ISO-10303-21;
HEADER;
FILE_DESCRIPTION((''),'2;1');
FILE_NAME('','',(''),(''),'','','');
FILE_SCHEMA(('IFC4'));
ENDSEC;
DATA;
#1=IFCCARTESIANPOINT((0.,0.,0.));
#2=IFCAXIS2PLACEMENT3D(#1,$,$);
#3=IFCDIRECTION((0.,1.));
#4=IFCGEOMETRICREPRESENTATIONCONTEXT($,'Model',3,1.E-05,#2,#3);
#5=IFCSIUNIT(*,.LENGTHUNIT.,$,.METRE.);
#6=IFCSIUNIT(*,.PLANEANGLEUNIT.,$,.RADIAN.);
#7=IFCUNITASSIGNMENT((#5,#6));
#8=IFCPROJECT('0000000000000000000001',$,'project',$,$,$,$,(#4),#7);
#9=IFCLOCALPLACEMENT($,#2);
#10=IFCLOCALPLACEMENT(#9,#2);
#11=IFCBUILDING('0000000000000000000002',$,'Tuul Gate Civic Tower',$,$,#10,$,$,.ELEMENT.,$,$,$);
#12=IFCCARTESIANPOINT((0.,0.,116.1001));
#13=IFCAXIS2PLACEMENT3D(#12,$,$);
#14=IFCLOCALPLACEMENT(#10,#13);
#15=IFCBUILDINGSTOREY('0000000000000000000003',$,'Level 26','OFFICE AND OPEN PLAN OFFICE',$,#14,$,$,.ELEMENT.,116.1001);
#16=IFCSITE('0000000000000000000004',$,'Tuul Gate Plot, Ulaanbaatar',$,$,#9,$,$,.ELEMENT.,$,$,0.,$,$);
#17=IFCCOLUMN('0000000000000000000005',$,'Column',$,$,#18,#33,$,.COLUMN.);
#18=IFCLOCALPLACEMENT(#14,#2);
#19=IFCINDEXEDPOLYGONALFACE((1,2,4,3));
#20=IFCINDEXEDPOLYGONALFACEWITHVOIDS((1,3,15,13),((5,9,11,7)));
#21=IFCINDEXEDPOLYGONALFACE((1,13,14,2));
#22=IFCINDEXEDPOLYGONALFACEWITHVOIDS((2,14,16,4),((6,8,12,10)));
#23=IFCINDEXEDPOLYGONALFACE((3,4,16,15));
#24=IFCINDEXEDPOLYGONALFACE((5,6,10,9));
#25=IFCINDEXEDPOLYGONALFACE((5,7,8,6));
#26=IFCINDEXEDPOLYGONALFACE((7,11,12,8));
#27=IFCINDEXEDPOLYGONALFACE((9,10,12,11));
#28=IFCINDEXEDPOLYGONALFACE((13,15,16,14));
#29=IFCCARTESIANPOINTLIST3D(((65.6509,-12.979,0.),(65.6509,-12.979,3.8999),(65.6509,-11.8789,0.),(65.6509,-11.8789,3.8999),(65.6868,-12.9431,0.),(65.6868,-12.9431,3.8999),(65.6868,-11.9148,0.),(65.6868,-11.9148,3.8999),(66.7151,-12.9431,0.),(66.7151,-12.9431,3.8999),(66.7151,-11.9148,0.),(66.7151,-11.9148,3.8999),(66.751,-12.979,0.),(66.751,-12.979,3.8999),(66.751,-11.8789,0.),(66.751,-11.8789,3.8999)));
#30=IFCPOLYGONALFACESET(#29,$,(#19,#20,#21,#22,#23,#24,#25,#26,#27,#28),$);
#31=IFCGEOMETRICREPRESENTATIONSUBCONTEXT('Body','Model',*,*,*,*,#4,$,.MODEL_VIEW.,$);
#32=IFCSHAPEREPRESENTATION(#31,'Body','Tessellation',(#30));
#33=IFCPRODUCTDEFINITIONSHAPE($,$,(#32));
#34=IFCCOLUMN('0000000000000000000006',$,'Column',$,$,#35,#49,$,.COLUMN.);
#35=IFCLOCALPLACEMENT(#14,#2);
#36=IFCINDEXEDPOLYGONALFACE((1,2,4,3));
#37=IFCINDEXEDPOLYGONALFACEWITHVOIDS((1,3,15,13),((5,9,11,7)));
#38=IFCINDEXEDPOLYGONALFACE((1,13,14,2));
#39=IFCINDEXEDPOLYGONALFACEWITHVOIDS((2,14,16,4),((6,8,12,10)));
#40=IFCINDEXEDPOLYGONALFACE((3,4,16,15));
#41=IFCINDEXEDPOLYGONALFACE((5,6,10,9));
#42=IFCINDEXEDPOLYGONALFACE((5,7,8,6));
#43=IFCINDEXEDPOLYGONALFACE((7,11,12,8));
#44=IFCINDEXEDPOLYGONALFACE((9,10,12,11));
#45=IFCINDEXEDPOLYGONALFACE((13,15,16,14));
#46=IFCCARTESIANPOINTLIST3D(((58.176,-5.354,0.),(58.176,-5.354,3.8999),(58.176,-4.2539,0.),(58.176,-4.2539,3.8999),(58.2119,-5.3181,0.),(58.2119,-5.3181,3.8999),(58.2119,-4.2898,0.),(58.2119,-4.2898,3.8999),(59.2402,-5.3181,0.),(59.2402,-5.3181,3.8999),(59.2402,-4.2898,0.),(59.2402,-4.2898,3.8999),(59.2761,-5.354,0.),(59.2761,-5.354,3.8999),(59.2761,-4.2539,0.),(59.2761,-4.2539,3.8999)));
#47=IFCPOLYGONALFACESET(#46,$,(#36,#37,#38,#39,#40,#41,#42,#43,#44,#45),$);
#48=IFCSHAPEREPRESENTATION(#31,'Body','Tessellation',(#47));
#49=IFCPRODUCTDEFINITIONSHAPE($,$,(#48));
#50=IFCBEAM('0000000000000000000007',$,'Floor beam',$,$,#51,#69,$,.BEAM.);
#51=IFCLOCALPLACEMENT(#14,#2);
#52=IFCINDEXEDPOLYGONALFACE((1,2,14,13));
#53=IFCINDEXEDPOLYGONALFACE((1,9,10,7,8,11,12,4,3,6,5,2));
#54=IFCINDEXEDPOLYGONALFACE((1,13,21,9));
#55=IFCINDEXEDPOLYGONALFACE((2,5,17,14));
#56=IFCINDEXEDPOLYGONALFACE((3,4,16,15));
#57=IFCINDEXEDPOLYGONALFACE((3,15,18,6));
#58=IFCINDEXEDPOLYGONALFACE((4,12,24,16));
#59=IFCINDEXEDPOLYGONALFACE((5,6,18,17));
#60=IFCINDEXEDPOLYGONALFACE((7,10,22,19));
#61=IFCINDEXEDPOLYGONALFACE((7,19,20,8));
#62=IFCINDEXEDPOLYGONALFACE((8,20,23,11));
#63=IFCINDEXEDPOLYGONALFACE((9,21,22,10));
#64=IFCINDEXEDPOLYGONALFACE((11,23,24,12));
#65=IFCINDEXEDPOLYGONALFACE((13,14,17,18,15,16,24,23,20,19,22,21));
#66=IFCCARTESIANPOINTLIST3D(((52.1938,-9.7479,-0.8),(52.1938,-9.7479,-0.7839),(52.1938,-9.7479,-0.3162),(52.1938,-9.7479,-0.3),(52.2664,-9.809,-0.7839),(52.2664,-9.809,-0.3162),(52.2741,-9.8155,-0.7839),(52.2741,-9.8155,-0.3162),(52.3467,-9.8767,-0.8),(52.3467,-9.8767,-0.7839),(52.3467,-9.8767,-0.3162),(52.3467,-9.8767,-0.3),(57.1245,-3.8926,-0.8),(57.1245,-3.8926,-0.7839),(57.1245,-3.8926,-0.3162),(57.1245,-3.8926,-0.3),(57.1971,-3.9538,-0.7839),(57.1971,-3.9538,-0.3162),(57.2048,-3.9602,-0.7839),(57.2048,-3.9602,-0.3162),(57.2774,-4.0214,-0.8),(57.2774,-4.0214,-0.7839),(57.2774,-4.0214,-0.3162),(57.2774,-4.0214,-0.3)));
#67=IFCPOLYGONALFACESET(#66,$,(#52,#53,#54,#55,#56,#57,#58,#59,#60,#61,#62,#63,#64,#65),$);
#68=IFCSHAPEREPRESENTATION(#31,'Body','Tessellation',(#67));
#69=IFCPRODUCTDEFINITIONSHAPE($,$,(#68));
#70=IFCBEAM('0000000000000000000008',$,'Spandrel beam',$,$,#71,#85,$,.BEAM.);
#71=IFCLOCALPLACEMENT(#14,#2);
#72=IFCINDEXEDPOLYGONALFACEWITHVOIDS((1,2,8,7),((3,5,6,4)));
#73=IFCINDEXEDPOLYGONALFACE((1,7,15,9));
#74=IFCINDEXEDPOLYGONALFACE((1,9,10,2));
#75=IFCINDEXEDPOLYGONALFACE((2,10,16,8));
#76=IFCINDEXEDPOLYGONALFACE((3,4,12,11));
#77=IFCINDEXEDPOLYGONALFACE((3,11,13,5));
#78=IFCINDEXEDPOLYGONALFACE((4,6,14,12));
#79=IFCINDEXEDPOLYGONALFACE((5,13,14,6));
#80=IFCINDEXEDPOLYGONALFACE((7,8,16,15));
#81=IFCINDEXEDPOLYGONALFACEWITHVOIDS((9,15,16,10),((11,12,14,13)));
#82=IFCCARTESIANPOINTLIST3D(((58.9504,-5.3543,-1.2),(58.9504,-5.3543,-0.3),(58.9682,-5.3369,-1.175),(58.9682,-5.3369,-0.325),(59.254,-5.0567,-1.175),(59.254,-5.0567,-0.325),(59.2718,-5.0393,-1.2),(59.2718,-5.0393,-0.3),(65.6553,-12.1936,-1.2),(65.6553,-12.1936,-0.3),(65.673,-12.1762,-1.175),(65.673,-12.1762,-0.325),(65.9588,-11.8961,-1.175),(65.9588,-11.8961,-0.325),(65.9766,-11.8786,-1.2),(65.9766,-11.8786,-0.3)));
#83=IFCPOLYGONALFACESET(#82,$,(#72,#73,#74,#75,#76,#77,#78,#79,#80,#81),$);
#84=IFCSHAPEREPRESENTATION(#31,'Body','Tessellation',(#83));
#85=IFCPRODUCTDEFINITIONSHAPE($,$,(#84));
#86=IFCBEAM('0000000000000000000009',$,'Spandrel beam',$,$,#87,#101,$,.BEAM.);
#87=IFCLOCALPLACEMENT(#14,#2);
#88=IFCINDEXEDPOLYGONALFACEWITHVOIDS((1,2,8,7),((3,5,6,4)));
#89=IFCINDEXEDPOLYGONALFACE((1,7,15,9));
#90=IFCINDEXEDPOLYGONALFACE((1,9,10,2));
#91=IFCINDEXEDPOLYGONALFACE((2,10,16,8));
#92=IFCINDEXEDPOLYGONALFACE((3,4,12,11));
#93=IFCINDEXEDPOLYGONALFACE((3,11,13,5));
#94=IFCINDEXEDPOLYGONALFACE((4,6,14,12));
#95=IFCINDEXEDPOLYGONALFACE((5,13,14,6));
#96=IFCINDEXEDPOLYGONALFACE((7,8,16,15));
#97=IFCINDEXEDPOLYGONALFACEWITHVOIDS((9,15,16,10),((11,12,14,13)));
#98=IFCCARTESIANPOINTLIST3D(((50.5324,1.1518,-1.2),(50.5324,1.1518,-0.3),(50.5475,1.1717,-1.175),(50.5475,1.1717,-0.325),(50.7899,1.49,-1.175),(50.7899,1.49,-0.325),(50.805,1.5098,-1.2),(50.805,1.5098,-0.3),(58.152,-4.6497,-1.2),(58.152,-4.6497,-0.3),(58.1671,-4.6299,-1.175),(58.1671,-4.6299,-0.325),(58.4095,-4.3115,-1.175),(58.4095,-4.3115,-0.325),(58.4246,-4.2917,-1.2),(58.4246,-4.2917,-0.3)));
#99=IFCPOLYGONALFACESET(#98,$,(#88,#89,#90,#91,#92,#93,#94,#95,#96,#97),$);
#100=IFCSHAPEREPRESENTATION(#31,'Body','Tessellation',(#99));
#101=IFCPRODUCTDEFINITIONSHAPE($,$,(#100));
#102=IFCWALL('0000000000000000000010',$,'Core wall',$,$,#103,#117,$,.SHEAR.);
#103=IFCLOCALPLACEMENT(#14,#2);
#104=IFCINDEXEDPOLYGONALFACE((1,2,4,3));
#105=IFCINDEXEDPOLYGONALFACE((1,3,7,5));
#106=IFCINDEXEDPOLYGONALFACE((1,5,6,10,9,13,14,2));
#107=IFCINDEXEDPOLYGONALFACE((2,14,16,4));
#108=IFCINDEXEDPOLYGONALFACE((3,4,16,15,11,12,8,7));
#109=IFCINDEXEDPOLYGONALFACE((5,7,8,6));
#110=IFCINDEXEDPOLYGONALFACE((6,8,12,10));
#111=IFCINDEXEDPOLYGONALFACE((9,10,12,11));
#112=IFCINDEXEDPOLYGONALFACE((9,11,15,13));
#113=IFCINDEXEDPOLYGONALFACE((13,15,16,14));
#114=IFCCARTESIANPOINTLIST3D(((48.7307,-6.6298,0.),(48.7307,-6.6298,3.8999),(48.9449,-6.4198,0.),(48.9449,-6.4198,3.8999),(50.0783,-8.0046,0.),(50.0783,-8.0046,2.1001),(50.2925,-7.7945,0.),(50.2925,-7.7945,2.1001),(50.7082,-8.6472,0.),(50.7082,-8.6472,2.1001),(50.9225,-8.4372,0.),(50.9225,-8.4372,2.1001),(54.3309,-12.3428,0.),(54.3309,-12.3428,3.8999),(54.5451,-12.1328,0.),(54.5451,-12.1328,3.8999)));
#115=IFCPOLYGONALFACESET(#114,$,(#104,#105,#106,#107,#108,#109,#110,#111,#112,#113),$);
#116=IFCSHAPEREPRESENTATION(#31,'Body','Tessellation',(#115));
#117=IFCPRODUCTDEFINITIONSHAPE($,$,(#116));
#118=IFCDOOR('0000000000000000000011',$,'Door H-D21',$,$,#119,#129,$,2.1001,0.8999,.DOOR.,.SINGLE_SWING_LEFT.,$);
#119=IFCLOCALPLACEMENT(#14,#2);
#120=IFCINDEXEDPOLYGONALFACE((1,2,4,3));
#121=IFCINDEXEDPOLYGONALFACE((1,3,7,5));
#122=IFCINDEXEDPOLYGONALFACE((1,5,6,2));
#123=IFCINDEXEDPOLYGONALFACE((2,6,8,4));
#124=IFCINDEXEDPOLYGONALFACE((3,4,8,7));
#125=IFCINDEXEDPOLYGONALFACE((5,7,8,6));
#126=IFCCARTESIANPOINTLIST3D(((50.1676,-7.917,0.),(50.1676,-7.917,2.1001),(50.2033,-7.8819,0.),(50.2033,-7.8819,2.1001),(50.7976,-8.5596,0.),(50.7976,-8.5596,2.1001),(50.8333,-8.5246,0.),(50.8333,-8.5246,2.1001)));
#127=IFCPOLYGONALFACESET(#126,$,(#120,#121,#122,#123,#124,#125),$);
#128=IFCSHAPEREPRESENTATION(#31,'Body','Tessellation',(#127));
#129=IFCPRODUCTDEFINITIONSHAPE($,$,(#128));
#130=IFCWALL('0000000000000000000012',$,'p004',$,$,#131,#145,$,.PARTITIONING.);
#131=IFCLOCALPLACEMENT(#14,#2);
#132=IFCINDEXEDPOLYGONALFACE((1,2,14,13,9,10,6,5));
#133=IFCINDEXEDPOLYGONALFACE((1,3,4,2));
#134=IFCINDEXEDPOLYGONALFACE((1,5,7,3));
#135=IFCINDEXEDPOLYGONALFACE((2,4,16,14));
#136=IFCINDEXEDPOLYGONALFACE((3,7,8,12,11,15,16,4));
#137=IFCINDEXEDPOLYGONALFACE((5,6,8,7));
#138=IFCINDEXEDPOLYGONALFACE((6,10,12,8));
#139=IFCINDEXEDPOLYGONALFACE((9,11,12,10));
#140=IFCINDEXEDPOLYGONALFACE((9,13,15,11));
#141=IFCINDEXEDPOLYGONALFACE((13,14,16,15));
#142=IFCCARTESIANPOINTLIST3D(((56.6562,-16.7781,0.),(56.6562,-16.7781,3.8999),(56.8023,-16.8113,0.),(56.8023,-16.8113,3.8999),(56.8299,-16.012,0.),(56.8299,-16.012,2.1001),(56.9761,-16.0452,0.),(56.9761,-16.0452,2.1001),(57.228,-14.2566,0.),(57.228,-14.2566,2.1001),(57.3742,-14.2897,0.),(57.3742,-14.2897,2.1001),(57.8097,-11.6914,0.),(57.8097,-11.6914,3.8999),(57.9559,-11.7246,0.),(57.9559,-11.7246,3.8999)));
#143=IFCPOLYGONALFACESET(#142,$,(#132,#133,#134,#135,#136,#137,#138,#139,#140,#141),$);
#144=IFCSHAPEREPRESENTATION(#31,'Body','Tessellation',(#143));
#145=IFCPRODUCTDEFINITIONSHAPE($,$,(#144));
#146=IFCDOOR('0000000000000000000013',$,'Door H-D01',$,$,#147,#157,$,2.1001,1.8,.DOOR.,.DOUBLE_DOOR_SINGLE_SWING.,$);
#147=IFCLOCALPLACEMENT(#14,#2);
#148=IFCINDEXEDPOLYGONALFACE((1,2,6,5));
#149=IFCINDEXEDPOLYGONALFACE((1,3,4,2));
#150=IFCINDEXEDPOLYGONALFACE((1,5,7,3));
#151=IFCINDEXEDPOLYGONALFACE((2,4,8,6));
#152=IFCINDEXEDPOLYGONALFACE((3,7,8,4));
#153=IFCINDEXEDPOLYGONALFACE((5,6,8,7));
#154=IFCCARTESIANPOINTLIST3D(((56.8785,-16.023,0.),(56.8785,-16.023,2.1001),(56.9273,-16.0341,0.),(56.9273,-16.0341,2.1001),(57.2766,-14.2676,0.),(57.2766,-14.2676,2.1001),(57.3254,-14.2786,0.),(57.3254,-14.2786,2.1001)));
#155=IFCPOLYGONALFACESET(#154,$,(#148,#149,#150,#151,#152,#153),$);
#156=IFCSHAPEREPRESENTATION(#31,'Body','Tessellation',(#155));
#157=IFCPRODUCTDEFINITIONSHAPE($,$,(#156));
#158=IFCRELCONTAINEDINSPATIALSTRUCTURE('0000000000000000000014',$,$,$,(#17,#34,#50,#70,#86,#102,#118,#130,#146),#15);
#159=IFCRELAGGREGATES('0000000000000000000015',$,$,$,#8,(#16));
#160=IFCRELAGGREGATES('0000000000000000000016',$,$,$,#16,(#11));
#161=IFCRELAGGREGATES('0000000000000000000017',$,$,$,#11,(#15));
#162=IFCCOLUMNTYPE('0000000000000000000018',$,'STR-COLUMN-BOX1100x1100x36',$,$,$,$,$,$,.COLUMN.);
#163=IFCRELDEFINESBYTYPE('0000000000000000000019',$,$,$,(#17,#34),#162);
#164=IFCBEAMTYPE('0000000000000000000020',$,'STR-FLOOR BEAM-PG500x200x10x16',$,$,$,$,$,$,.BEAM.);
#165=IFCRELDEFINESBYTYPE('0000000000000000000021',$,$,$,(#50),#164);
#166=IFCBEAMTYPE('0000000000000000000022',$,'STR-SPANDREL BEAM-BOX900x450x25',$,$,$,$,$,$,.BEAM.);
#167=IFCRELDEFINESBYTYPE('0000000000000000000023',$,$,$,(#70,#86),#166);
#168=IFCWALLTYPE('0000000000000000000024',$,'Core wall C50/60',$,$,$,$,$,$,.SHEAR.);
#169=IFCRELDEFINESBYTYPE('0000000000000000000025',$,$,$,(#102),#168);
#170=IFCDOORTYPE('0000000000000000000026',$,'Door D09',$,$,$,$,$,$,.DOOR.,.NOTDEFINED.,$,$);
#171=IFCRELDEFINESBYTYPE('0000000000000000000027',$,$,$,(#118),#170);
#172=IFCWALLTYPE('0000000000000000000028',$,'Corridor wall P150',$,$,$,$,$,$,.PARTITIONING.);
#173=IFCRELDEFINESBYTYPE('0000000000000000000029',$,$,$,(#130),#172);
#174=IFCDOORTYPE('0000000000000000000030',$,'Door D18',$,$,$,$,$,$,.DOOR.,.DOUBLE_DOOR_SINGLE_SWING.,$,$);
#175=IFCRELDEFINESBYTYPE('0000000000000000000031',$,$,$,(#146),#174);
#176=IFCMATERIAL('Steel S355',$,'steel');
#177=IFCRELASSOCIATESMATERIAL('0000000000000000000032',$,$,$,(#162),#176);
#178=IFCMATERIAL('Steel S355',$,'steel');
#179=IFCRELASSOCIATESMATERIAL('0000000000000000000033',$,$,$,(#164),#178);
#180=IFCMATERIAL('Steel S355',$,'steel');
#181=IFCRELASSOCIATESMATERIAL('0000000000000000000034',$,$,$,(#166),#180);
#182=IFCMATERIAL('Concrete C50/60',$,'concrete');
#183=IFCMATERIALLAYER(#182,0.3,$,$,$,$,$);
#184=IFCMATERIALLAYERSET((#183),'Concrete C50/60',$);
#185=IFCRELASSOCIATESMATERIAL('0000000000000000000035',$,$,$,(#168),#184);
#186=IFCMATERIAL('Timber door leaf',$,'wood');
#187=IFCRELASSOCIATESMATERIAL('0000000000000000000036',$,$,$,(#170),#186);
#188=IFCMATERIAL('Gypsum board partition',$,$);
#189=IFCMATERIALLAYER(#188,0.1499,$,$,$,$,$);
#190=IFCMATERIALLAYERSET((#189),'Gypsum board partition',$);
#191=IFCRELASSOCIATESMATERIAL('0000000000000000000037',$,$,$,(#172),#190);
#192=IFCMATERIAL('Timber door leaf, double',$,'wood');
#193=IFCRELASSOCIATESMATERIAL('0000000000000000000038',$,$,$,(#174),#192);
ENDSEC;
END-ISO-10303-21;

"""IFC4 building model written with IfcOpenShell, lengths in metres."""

from ifc_helpers import new_model, si_unit, direction, frame, frame_2d, origin, origin_2d, place, context, subcontext, project, spatial, rectangle, hollow_rectangle, i_section, extrude, material, layer, layer_set, material_profile, profile_set, type_object, element, fill, save


model = new_model("IFC4")

# Units and contexts
model_context = context("Model", 3, precision=1e-05, world=origin(), true_north=direction((0.0, 1.0)))
body_context = subcontext(model_context, "Body", "Model", "MODEL_VIEW")
ifc_project = project(units=[si_unit("LENGTHUNIT", "METRE"), si_unit("PLANEANGLEUNIT", "RADIAN")], contexts=[model_context])

# Site, building, storey
site_placement = place(None, origin())
site = spatial("IfcSite", under=ifc_project, at=site_placement, Name="Tuul Gate Plot, Ulaanbaatar", CompositionType="ELEMENT", RefElevation=0.0)
building_placement = place(site_placement, origin())
building = spatial("IfcBuilding", under=site, at=building_placement, Name="Tuul Gate Civic Tower", CompositionType="ELEMENT")
storey_placement = place(building_placement, frame((0.0, 0.0, 116.1001)))
storey = spatial("IfcBuildingStorey", under=building, at=storey_placement, Name="Level 26", Description="OFFICE AND OPEN PLAN OFFICE", CompositionType="ELEMENT", Elevation=116.1001)

# Columns
ifc_material_1 = material(Name="Steel S355", Category="steel")
ifc_material_profile_1 = material_profile(ifc_material_1, hollow_rectangle(XDim=1.1001, YDim=1.1001, WallThickness=0.0359, at=origin_2d()), Name="BOX1100x1100x36")
ifc_profile_set_1 = profile_set([ifc_material_profile_1], Name="Steel S355")
column_type = type_object("IfcColumnType", Name="STR-COLUMN-BOX1100x1100x36", PredefinedType="COLUMN", material=ifc_profile_set_1)
for number, where, z_axis, x_axis, name in (
    (1, (66.2009, -12.429, 0.0), (0.0, 0.0, 1.0), (1.0, 0.0, 0.0), "Column"),
    (2, (58.7261, -4.804, 0.0), (0.0, 0.0, 1.0), (1.0, 0.0, 0.0), "Column"),
):
    element("IfcColumn", number, at=place(storey_placement, frame(where, z_axis=z_axis, x_axis=x_axis)), inside=storey, type_object=column_type, Name=name, PredefinedType="COLUMN", context=body_context, shape_type="SweptSolid", body=[
        extrude(hollow_rectangle(XDim=1.1001, YDim=1.1001, WallThickness=0.0359, at=origin_2d()), origin(), (0.0, 0.0, 1.0), 3.8999),
    ])

# Beams
ifc_material_2 = material(Name="Steel S355", Category="steel")
ifc_material_profile_2 = material_profile(ifc_material_2, i_section(OverallWidth=0.2, OverallDepth=0.5, WebThickness=0.01, FlangeThickness=0.0161, at=origin_2d()), Name="PG500x200x10x16")
ifc_profile_set_2 = profile_set([ifc_material_profile_2], Name="Steel S355")
beam_type_1 = type_object("IfcBeamType", Name="STR-FLOOR BEAM-PG500x200x10x16", PredefinedType="BEAM", material=ifc_profile_set_2)
beam_1_placement = place(storey_placement, frame((52.2703, -9.8123, -0.55), z_axis=(0.644132, 0.764915, 0.0), x_axis=(-0.764915, 0.644132, 0.0)))
element("IfcBeam", 3, at=beam_1_placement, inside=storey, type_object=beam_type_1, Name="Floor beam", PredefinedType="BEAM", context=body_context, shape_type="SweptSolid", body=[
    extrude(i_section(OverallWidth=0.2, OverallDepth=0.5, WebThickness=0.01, FlangeThickness=0.0161, at=origin_2d()), origin(), (0.0, 0.0, 1.0), 7.6548),
])
ifc_material_3 = material(Name="Steel S355", Category="steel")
ifc_material_profile_3 = material_profile(ifc_material_3, hollow_rectangle(XDim=0.45, YDim=0.8999, WallThickness=0.0249, at=origin_2d()), Name="BOX900x450x25")
ifc_profile_set_3 = profile_set([ifc_material_profile_3], Name="Steel S355")
beam_type_2 = type_object("IfcBeamType", Name="STR-SPANDREL BEAM-BOX900x450x25", PredefinedType="BEAM", material=ifc_profile_set_3)
beam_2_placement = place(storey_placement, frame((65.8159, -12.0361, -0.75), z_axis=(-0.700049, 0.714095, 0.0), x_axis=(-0.714095, -0.700049, 0.0)))
element("IfcBeam", 4, at=beam_2_placement, inside=storey, type_object=beam_type_2, Name="Spandrel beam", PredefinedType="BEAM", context=body_context, shape_type="SweptSolid", body=[
    extrude(hollow_rectangle(XDim=0.45, YDim=0.8999, WallThickness=0.0249, at=origin_2d()), origin(), (0.0, 0.0, 1.0), 9.5776),
])
beam_3_placement = place(storey_placement, frame((58.2883, -4.4707, -0.75), z_axis=(-0.795629, 0.605784, 0.0), x_axis=(-0.605784, -0.795629, 0.0)))
element("IfcBeam", 5, at=beam_3_placement, inside=storey, type_object=beam_type_2, Name="Spandrel beam", PredefinedType="BEAM", context=body_context, shape_type="SweptSolid", body=[
    extrude(hollow_rectangle(XDim=0.45, YDim=0.8999, WallThickness=0.0249, at=origin_2d()), origin(), (0.0, 0.0, 1.0), 9.5769),
])

# Walls, openings, doors
ifc_material_4 = material(Name="Concrete C50/60", Category="concrete")
ifc_layer_1 = layer(ifc_material_4, 0.3)
ifc_layer_set_1 = layer_set([ifc_layer_1], Name="Concrete C50/60")
wall_type_1 = type_object("IfcWallType", Name="Core wall C50/60", PredefinedType="SHEAR", material=ifc_layer_set_1)
wall_1_placement = place(storey_placement, frame((54.438, -12.2378, 0.0), z_axis=(0.0, 0.0, 1.0), x_axis=(-0.700022, 0.714121, 0.0)))
wall_1 = element("IfcWall", 6, at=wall_1_placement, inside=storey, type_object=wall_type_1, Name="Core wall", PredefinedType="SHEAR", context=body_context, shape_type="SweptSolid", body=[
    extrude(rectangle(XDim=8.0, YDim=0.3, at=frame_2d((4.0, 0.0))), origin(), (0.0, 0.0, 1.0), 3.8999),
])
opening_1_placement = place(wall_1_placement, frame((5.175, 0.0, 0.0)))
opening_1 = element("IfcOpeningElement", 7, at=opening_1_placement, cuts=wall_1, PredefinedType="OPENING", context=body_context, shape_type="SweptSolid", body=[
    extrude(rectangle(XDim=0.8999, YDim=2.1001, at=frame_2d((0.45, 1.05))), frame((0.0, 0.1602, 0.0), z_axis=(0.0, -1.0, 0.0), x_axis=(1.0, 0.0, 0.0)), (0.0, 0.0, 1.0), 0.3201),
])
ifc_material_5 = material(Name="Timber door leaf", Category="wood")
door_type_1 = type_object("IfcDoorType", Name="Door D09", OperationType="NOTDEFINED", PredefinedType="DOOR", material=ifc_material_5)
door_1_placement = place(opening_1_placement, origin())
door_1 = element("IfcDoor", 8, at=door_1_placement, inside=storey, type_object=door_type_1, Name="Door H-D21", OperationType="SINGLE_SWING_LEFT", OverallHeight=2.1001, OverallWidth=0.8999, PredefinedType="DOOR", context=body_context, shape_type="SweptSolid", body=[
    extrude(rectangle(XDim=0.8999, YDim=2.1001, at=frame_2d((0.45, 1.05))), frame((0.0, 0.0249, 0.0), z_axis=(0.0, -1.0, 0.0), x_axis=(1.0, 0.0, 0.0)), (0.0, 0.0, 1.0), 0.05),
])
fill(opening_1, door_1)
ifc_material_6 = material(Name="Gypsum board partition")
ifc_layer_2 = layer(ifc_material_6, 0.1499)
ifc_layer_set_2 = layer_set([ifc_layer_2], Name="Gypsum board partition")
wall_type_2 = type_object("IfcWallType", Name="Corridor wall P150", PredefinedType="PARTITIONING", material=ifc_layer_set_2)
wall_2_placement = place(storey_placement, frame((56.7292, -16.7947, 0.0), z_axis=(0.0, 0.0, 1.0), x_axis=(0.221166, 0.975236, 0.0)))
wall_2 = element("IfcWall", 9, at=wall_2_placement, inside=storey, type_object=wall_type_2, Name="p004", PredefinedType="PARTITIONING", context=body_context, shape_type="SweptSolid", body=[
    extrude(rectangle(XDim=5.2158, YDim=0.1499, at=frame_2d((2.6079, 0.0))), origin(), (0.0, 0.0, 1.0), 3.8999),
])
opening_2_placement = place(wall_2_placement, frame((0.7856, 0.0, 0.0)))
opening_2 = element("IfcOpeningElement", 10, at=opening_2_placement, cuts=wall_2, PredefinedType="OPENING", context=body_context, shape_type="SweptSolid", body=[
    extrude(rectangle(XDim=1.8, YDim=2.1001, at=frame_2d((0.8999, 1.05))), frame((0.0, 0.085, 0.0), z_axis=(0.0, -1.0, 0.0), x_axis=(1.0, 0.0, 0.0)), (0.0, 0.0, 1.0), 0.1699),
])
ifc_material_7 = material(Name="Timber door leaf, double", Category="wood")
door_type_2 = type_object("IfcDoorType", Name="Door D18", OperationType="DOUBLE_DOOR_SINGLE_SWING", PredefinedType="DOOR", material=ifc_material_7)
door_2_placement = place(opening_2_placement, frame((1.8, 0.0, 0.0), z_axis=(0.0, 0.0, 1.0), x_axis=(-1.0, 0.0, 0.0)))
door_2 = element("IfcDoor", 11, at=door_2_placement, inside=storey, type_object=door_type_2, Name="Door H-D01", OperationType="DOUBLE_DOOR_SINGLE_SWING", OverallHeight=2.1001, OverallWidth=1.8, PredefinedType="DOOR", context=body_context, shape_type="SweptSolid", body=[
    extrude(rectangle(XDim=1.8, YDim=2.1001, at=frame_2d((0.9001, 1.05))), frame((0.0, 0.0249, 0.0), z_axis=(0.0, -1.0, 0.0), x_axis=(1.0, 0.0, 0.0)), (0.0, 0.0, 1.0), 0.05),
])
fill(opening_2, door_2)

save(model, "model.ifc")
